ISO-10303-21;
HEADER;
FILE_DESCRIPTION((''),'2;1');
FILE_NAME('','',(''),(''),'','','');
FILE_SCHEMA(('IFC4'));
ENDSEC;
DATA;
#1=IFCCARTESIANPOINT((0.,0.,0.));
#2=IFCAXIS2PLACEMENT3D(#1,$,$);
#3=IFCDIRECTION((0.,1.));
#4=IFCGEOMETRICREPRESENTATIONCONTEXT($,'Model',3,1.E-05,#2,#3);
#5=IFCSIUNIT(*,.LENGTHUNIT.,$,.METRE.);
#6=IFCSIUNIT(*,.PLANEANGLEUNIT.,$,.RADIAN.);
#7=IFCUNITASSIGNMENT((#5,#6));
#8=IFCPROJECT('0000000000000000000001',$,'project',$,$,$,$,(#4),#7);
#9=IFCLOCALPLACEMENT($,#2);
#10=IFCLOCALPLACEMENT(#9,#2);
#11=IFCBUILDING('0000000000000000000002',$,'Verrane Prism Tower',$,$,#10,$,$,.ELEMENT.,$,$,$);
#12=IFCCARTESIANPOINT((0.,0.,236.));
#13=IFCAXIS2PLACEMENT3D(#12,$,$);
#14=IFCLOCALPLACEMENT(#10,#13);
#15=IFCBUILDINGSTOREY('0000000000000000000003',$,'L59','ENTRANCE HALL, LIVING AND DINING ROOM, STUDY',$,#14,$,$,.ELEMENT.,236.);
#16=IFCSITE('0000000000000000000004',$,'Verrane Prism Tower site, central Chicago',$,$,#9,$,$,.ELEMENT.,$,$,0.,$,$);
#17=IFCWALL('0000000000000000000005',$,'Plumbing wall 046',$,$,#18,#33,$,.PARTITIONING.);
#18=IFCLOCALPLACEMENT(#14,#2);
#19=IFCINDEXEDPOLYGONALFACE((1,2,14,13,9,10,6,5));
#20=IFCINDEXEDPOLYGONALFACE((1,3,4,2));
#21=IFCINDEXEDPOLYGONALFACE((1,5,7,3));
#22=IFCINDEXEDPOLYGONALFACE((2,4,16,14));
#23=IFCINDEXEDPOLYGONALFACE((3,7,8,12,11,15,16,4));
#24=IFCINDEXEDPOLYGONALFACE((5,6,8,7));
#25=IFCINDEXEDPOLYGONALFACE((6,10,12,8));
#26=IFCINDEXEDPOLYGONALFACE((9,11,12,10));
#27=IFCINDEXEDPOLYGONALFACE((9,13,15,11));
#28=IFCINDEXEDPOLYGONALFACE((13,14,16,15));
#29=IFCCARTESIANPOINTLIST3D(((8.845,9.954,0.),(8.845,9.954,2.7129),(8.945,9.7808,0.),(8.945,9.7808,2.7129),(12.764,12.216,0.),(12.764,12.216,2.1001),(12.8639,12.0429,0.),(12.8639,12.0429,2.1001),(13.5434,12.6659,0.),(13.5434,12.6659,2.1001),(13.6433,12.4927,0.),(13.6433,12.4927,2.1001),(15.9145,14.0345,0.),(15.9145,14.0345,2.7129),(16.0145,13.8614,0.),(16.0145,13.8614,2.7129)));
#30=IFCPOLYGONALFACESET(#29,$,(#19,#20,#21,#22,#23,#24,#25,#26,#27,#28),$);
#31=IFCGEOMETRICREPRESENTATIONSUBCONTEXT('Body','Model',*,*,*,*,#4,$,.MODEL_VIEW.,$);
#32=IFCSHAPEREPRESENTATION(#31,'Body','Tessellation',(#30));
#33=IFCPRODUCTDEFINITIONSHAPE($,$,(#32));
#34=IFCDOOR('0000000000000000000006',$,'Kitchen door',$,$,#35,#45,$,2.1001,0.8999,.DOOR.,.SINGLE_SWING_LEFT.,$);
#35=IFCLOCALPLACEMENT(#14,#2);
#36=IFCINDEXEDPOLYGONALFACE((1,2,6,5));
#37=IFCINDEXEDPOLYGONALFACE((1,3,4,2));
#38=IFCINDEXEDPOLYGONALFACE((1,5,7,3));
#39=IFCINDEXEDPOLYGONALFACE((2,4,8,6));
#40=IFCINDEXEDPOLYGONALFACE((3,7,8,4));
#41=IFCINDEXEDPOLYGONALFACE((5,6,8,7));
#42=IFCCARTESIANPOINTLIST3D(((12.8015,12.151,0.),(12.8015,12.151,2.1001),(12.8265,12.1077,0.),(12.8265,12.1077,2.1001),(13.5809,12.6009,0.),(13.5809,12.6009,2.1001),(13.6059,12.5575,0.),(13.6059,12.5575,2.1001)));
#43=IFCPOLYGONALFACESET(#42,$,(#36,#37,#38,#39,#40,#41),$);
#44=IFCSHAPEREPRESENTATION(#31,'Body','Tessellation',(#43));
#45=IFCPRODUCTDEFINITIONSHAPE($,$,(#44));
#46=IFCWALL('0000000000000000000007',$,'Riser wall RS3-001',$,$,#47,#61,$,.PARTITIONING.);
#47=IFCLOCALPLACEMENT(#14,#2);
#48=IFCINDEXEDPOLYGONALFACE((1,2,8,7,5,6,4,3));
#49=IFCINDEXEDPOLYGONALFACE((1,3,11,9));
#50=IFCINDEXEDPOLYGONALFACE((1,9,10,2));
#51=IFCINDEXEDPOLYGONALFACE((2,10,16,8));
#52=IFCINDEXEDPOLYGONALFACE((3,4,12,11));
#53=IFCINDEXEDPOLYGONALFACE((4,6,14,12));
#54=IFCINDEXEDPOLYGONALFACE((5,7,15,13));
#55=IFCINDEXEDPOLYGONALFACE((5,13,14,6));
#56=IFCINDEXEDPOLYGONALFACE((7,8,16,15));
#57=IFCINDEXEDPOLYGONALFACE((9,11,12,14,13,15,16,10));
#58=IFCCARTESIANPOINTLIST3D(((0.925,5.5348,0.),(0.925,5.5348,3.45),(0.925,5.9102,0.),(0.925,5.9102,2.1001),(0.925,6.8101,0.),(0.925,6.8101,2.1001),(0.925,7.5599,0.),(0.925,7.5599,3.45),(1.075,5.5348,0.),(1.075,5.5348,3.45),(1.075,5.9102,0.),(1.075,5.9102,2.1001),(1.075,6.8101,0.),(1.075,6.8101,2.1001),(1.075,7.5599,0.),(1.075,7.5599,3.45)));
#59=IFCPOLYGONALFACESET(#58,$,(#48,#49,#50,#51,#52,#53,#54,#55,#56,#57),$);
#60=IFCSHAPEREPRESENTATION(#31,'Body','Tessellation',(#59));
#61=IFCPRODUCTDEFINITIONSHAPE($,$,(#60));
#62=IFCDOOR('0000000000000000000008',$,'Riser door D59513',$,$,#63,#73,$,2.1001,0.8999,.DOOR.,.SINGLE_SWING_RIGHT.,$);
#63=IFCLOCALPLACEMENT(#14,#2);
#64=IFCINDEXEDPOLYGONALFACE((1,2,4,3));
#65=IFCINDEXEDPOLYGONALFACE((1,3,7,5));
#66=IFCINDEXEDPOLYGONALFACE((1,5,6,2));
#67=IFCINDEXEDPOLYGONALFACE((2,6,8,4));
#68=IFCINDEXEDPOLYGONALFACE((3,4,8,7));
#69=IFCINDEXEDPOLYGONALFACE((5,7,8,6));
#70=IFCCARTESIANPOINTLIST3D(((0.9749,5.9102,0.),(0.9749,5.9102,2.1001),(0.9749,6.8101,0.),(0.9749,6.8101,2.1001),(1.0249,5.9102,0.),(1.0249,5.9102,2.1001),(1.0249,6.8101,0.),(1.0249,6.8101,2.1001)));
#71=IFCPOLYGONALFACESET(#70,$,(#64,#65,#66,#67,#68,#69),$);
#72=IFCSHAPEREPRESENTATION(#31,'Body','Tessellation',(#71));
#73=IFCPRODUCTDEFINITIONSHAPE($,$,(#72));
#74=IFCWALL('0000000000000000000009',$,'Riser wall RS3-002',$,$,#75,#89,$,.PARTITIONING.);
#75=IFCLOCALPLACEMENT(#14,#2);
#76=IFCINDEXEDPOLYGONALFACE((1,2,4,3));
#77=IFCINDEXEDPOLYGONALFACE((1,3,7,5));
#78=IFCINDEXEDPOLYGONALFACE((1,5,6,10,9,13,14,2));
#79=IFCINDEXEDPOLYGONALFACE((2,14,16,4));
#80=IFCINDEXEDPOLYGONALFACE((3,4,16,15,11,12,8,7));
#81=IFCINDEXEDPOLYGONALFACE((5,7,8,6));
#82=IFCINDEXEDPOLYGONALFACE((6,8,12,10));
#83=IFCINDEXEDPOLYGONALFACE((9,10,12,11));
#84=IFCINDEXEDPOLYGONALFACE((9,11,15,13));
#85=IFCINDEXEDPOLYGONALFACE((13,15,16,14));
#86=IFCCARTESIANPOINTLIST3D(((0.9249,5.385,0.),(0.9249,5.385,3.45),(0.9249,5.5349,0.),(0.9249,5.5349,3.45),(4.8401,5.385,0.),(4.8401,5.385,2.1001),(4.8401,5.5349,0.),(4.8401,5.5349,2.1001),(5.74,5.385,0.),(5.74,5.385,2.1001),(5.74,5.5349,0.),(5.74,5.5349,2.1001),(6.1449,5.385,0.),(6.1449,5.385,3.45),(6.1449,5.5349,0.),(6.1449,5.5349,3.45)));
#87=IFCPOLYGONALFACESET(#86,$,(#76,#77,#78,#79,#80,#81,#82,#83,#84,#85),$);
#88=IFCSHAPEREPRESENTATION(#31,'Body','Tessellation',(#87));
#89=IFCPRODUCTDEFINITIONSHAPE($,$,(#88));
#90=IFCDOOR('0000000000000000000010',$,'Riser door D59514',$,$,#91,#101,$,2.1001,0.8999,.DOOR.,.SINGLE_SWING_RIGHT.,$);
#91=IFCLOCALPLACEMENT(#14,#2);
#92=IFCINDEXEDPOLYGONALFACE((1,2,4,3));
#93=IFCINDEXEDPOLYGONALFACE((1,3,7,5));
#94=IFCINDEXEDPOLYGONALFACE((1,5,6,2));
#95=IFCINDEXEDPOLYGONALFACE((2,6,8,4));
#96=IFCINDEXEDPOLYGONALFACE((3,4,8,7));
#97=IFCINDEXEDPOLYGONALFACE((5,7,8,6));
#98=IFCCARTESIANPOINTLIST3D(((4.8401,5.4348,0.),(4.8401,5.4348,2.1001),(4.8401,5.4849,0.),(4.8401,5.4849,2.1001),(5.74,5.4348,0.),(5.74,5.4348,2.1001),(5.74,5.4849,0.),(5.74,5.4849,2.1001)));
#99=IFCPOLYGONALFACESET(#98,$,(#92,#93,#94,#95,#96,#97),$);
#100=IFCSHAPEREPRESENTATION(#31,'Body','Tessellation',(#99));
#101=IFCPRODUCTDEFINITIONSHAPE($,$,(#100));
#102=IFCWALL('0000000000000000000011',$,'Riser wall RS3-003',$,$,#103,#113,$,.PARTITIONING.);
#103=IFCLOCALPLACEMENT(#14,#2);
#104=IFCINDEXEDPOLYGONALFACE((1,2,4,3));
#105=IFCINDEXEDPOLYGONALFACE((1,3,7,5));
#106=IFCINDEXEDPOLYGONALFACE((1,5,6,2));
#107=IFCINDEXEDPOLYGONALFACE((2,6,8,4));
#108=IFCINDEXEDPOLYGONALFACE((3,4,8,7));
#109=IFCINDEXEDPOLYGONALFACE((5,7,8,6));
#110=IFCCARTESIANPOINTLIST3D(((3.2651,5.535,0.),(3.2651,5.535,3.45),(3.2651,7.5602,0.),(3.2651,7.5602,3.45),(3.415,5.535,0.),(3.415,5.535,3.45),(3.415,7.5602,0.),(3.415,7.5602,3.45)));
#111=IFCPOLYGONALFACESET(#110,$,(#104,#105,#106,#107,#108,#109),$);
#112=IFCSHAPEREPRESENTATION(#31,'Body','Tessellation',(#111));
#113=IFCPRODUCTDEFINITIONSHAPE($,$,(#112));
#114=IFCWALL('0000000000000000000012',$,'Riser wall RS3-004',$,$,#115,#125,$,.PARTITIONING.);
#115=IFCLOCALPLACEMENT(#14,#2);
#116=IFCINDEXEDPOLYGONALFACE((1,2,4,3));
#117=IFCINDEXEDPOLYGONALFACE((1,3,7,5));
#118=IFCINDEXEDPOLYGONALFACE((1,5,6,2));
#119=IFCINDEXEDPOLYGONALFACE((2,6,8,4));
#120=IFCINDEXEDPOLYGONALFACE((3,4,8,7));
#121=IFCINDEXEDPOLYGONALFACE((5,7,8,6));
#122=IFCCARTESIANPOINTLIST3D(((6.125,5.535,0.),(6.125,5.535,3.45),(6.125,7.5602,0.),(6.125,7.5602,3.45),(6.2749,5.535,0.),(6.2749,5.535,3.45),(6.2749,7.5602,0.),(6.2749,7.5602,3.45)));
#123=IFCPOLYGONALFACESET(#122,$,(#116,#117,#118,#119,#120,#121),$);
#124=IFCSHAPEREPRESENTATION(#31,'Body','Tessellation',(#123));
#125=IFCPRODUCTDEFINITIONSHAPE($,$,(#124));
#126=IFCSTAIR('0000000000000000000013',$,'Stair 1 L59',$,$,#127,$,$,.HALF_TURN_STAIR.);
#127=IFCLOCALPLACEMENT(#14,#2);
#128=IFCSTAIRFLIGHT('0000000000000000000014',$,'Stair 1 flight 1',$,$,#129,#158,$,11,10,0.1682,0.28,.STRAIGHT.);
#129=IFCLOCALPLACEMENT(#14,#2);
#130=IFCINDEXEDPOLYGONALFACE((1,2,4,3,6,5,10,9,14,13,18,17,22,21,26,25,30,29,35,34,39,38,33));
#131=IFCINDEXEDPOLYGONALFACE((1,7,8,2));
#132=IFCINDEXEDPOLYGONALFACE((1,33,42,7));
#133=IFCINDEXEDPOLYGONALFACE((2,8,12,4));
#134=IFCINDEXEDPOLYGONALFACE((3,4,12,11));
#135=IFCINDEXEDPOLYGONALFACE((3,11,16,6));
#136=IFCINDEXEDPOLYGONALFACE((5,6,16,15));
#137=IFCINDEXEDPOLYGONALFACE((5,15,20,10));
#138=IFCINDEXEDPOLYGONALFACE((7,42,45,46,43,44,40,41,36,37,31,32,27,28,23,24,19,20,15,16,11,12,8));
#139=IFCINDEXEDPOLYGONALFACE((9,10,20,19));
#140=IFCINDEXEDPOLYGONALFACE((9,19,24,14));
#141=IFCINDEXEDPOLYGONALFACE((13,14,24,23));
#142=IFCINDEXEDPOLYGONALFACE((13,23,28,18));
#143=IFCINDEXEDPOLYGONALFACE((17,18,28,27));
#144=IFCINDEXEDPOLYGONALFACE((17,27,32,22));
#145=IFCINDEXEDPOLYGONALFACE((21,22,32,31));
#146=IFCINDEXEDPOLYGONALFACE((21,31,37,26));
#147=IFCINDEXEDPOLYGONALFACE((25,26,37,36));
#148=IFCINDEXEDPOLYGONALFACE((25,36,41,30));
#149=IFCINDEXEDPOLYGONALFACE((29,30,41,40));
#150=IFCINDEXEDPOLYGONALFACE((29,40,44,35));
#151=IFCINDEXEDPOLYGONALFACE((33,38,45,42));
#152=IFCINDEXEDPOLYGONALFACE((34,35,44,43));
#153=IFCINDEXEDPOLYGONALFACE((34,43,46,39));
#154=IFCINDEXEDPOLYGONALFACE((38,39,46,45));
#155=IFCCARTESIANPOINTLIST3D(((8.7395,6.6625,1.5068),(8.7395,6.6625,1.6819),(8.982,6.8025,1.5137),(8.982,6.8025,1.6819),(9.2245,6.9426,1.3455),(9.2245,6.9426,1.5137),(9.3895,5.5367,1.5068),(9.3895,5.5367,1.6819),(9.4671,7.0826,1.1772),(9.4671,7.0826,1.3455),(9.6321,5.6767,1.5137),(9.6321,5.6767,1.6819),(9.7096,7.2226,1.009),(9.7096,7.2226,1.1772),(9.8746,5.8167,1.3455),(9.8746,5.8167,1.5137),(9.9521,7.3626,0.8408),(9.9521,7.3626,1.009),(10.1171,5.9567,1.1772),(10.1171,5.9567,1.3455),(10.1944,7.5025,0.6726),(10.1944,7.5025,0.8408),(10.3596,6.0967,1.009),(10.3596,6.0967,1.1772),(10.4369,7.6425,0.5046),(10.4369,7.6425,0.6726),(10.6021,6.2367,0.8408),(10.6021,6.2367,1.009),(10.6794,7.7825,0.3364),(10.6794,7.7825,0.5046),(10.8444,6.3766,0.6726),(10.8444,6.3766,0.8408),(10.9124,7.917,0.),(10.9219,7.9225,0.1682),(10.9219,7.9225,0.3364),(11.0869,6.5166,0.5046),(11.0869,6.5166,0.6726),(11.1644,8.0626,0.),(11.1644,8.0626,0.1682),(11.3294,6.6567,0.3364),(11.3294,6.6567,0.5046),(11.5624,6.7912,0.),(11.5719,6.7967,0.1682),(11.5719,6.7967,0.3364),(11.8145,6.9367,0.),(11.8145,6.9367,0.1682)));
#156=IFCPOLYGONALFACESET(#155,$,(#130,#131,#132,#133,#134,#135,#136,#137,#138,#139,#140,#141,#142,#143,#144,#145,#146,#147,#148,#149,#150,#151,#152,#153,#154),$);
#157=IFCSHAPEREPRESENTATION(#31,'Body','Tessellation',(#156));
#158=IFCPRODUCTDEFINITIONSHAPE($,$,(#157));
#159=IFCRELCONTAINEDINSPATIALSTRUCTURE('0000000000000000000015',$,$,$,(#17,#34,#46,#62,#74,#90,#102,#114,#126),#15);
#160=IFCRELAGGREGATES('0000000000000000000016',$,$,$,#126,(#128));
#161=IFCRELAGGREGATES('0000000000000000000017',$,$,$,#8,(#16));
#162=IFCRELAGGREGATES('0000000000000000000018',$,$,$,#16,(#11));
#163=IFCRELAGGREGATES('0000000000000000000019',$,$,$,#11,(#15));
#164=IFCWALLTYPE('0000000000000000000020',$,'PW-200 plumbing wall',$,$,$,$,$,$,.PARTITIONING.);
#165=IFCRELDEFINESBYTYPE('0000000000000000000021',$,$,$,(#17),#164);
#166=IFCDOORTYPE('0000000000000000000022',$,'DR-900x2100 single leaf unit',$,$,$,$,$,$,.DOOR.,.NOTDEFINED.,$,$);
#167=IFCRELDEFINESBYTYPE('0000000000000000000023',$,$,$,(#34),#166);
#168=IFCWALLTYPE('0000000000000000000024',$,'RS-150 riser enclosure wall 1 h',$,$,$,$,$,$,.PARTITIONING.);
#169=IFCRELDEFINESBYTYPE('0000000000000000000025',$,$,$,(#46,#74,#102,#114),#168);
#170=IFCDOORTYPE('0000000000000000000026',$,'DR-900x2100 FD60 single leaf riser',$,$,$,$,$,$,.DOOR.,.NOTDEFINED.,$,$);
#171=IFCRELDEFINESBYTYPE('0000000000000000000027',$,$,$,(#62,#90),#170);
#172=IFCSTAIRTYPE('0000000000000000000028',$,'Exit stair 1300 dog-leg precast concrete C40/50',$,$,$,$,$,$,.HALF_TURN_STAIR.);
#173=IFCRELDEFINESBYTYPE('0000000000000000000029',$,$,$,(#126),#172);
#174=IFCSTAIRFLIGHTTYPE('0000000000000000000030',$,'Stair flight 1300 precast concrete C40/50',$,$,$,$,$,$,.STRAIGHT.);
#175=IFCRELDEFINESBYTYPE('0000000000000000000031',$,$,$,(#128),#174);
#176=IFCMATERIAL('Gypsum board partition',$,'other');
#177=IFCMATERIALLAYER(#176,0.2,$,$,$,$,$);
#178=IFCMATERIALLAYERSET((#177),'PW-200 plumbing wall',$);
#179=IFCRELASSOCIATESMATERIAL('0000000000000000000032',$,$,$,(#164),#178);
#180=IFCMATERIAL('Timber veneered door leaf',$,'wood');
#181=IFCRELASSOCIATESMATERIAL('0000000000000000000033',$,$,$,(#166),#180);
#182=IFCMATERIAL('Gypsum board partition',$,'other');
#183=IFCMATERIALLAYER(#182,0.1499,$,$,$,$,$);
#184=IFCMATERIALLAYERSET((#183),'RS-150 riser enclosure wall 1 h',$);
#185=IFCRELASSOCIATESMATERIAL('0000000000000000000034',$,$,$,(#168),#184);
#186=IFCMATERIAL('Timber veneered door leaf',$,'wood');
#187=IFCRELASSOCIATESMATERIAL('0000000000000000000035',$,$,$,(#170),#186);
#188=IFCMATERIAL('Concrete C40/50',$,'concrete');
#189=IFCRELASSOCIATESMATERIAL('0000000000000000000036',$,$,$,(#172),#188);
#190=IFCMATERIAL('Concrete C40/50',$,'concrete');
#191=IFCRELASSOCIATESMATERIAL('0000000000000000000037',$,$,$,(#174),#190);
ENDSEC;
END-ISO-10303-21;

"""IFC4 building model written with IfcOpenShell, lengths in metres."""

from ifc_helpers import new_model, si_unit, direction, frame, frame_2d, origin, place, context, subcontext, project, spatial, polyline, rectangle, outline, extrude, material, layer, layer_set, type_object, element, fill, aggregate, save


model = new_model("IFC4")

# Units and contexts
model_context = context("Model", 3, precision=1e-05, world=origin(), true_north=direction((0.0, 1.0)))
body_context = subcontext(model_context, "Body", "Model", "MODEL_VIEW")
ifc_project = project(units=[si_unit("LENGTHUNIT", "METRE"), si_unit("PLANEANGLEUNIT", "RADIAN")], contexts=[model_context])

# Site, building, storey
site_placement = place(None, origin())
site = spatial("IfcSite", under=ifc_project, at=site_placement, Name="Verrane Prism Tower site, central Chicago", CompositionType="ELEMENT", RefElevation=0.0)
building_placement = place(site_placement, origin())
building = spatial("IfcBuilding", under=site, at=building_placement, Name="Verrane Prism Tower", CompositionType="ELEMENT")
storey_placement = place(building_placement, frame((0.0, 0.0, 236.0)))
storey = spatial("IfcBuildingStorey", under=building, at=storey_placement, Name="L59", Description="ENTRANCE HALL, LIVING AND DINING ROOM, STUDY", CompositionType="ELEMENT", Elevation=236.0)

# Shared definitions
ifc_material_1 = material(Name="Gypsum board partition", Category="other")
ifc_layer_1 = layer(ifc_material_1, 0.2)
ifc_layer_set_1 = layer_set([ifc_layer_1], Name="PW-200 plumbing wall")
wall_type_1 = type_object("IfcWallType", Name="PW-200 plumbing wall", PredefinedType="PARTITIONING", material=ifc_layer_set_1)

# Walls, openings, doors
wall_1_placement = place(storey_placement, frame((8.895, 9.8674, 0.0), z_axis=(0.0, 0.0, 1.0), x_axis=(0.866081, 0.499903, 0.0)))
wall_1 = element("IfcWall", 1, at=wall_1_placement, inside=storey, type_object=wall_type_1, Name="Plumbing wall 046", PredefinedType="PARTITIONING", context=body_context, shape_type="SweptSolid", body=[
    extrude(rectangle(XDim=8.1626, YDim=0.2, at=frame_2d((4.0813, 0.0))), origin(), (0.0, 0.0, 1.0), 2.7129),
])
opening_1_placement = place(wall_1_placement, frame((4.5249, 0.0, 0.0)))
opening_1 = element("IfcOpeningElement", 2, at=opening_1_placement, cuts=wall_1, PredefinedType="OPENING", context=body_context, shape_type="SweptSolid", body=[
    extrude(rectangle(XDim=0.8999, YDim=2.1001, at=frame_2d((0.45, 1.05))), frame((0.0, 0.1099, 0.0), z_axis=(0.0, -1.0, 0.0), x_axis=(1.0, 0.0, 0.0)), (0.0, 0.0, 1.0), 0.22),
])
ifc_material_2 = material(Name="Timber veneered door leaf", Category="wood")
door_type_1 = type_object("IfcDoorType", Name="DR-900x2100 single leaf unit", OperationType="NOTDEFINED", PredefinedType="DOOR", material=ifc_material_2)
door_1_placement = place(opening_1_placement, origin())
door_1 = element("IfcDoor", 3, at=door_1_placement, inside=storey, type_object=door_type_1, Name="Kitchen door", OperationType="SINGLE_SWING_LEFT", OverallHeight=2.1001, OverallWidth=0.8999, PredefinedType="DOOR", context=body_context, shape_type="SweptSolid", body=[
    extrude(rectangle(XDim=0.8999, YDim=2.1001, at=frame_2d((0.45, 1.05))), frame((0.0, 0.0249, 0.0), z_axis=(0.0, -1.0, 0.0), x_axis=(1.0, 0.0, 0.0)), (0.0, 0.0, 1.0), 0.05),
])
fill(opening_1, door_1)
ifc_material_3 = material(Name="Gypsum board partition", Category="other")
ifc_layer_2 = layer(ifc_material_3, 0.1499)
ifc_layer_set_2 = layer_set([ifc_layer_2], Name="RS-150 riser enclosure wall 1 h")
wall_type_2 = type_object("IfcWallType", Name="RS-150 riser enclosure wall 1 h", PredefinedType="PARTITIONING", material=ifc_layer_set_2)
wall_2_placement = place(storey_placement, frame((1.0, 7.5601, 0.0), z_axis=(0.0, 0.0, 1.0), x_axis=(0.0, -1.0, 0.0)))
wall_2 = element("IfcWall", 4, at=wall_2_placement, inside=storey, type_object=wall_type_2, Name="Riser wall RS3-001", PredefinedType="PARTITIONING", context=body_context, shape_type="SweptSolid", body=[
    extrude(rectangle(XDim=2.0251, YDim=0.1499, at=frame_2d((1.0127, 0.0))), origin(), (0.0, 0.0, 1.0), 3.45),
])
opening_2_placement = place(wall_2_placement, frame((0.75, 0.0, 0.0)))
opening_2 = element("IfcOpeningElement", 5, at=opening_2_placement, cuts=wall_2, PredefinedType="OPENING", context=body_context, shape_type="SweptSolid", body=[
    extrude(rectangle(XDim=0.8999, YDim=2.1001, at=frame_2d((0.45, 1.05))), frame((0.0, 0.085, 0.0), z_axis=(0.0, -1.0, 0.0), x_axis=(1.0, 0.0, 0.0)), (0.0, 0.0, 1.0), 0.1699),
])
ifc_material_4 = material(Name="Timber veneered door leaf", Category="wood")
door_type_2 = type_object("IfcDoorType", Name="DR-900x2100 FD60 single leaf riser", OperationType="NOTDEFINED", PredefinedType="DOOR", material=ifc_material_4)
door_2_placement = place(opening_2_placement, origin())
door_2 = element("IfcDoor", 6, at=door_2_placement, inside=storey, type_object=door_type_2, Name="Riser door D59513", OperationType="SINGLE_SWING_RIGHT", OverallHeight=2.1001, OverallWidth=0.8999, PredefinedType="DOOR", context=body_context, shape_type="SweptSolid", body=[
    extrude(rectangle(XDim=0.8999, YDim=2.1001, at=frame_2d((0.45, 1.05))), frame((0.0, 0.0249, 0.0), z_axis=(0.0, -1.0, 0.0), x_axis=(1.0, 0.0, 0.0)), (0.0, 0.0, 1.0), 0.05),
])
fill(opening_2, door_2)
wall_3_placement = place(storey_placement, frame((0.925, 5.46, 0.0), z_axis=(0.0, 0.0, 1.0), x_axis=(1.0, 0.0, 0.0)))
wall_3 = element("IfcWall", 7, at=wall_3_placement, inside=storey, type_object=wall_type_2, Name="Riser wall RS3-002", PredefinedType="PARTITIONING", context=body_context, shape_type="SweptSolid", body=[
    extrude(rectangle(XDim=5.22, YDim=0.1499, at=frame_2d((2.6099, 0.0))), origin(), (0.0, 0.0, 1.0), 3.45),
])
opening_3_placement = place(wall_3_placement, frame((3.915, 0.0, 0.0)))
opening_3 = element("IfcOpeningElement", 8, at=opening_3_placement, cuts=wall_3, PredefinedType="OPENING", context=body_context, shape_type="SweptSolid", body=[
    extrude(rectangle(XDim=0.8999, YDim=2.1001, at=frame_2d((0.45, 1.05))), frame((0.0, 0.085, 0.0), z_axis=(0.0, -1.0, 0.0), x_axis=(1.0, 0.0, 0.0)), (0.0, 0.0, 1.0), 0.1699),
])
door_3_placement = place(opening_3_placement, origin())
door_3 = element("IfcDoor", 9, at=door_3_placement, inside=storey, type_object=door_type_2, Name="Riser door D59514", OperationType="SINGLE_SWING_RIGHT", OverallHeight=2.1001, OverallWidth=0.8999, PredefinedType="DOOR", context=body_context, shape_type="SweptSolid", body=[
    extrude(rectangle(XDim=0.8999, YDim=2.1001, at=frame_2d((0.45, 1.05))), frame((0.0, 0.0249, 0.0), z_axis=(0.0, -1.0, 0.0), x_axis=(1.0, 0.0, 0.0)), (0.0, 0.0, 1.0), 0.05),
])
fill(opening_3, door_3)

# Walls
for number, where, z_axis, x_axis, name in (
    (10, (3.3401, 5.5349, 0.0), (0.0, 0.0, 1.0), (0.0, 1.0, 0.0), "Riser wall RS3-003"),
    (11, (6.2, 5.5349, 0.0), (0.0, 0.0, 1.0), (0.0, 1.0, 0.0), "Riser wall RS3-004"),
):
    element("IfcWall", number, at=place(storey_placement, frame(where, z_axis=z_axis, x_axis=x_axis)), inside=storey, type_object=wall_type_2, Name=name, PredefinedType="PARTITIONING", context=body_context, shape_type="SweptSolid", body=[
        extrude(rectangle(XDim=2.0251, YDim=0.1499, at=frame_2d((1.0127, 0.0))), origin(), (0.0, 0.0, 1.0), 3.45),
    ])

# Stair, stair flight
ifc_material_5 = material(Name="Concrete C40/50", Category="concrete")
stair_type = type_object("IfcStairType", Name="Exit stair 1300 dog-leg precast concrete C40/50", PredefinedType="HALF_TURN_STAIR", material=ifc_material_5)
stair_placement = place(storey_placement, origin())
stair = element("IfcStair", 12, at=stair_placement, inside=storey, type_object=stair_type, Name="Stair 1 L59", PredefinedType="HALF_TURN_STAIR")
ifc_material_6 = material(Name="Concrete C40/50", Category="concrete")
stair_flight_type = type_object("IfcStairFlightType", Name="Stair flight 1300 precast concrete C40/50", PredefinedType="STRAIGHT", material=ifc_material_6)
stair_flight_placement = place(storey_placement, frame((11.4895, 7.4995, 0.0), z_axis=(0.0, 0.0, 1.0), x_axis=(-0.866025, -0.5, 0.0)))
stair_flight = element("IfcStairFlight", 13, at=stair_flight_placement, type_object=stair_flight_type, Name="Stair 1 flight 1", NumberOfRisers=11, NumberOfTreads=10, PredefinedType="STRAIGHT", RiserHeight=0.1682, TreadLength=0.28, context=body_context, shape_type="SweptSolid", body=[
    extrude(outline(polyline([(0.0, 0.0), (0.0, 0.1682), (0.28, 0.1682), (0.28, 0.3364), (0.5601, 0.3364), (0.5601, 0.5046), (0.8401, 0.5046), (0.8401, 0.6726), (1.1201, 0.6726), (1.1201, 0.8408), (1.3999, 0.8408), (1.3999, 1.009), (1.6799, 1.009), (1.6799, 1.1772), (1.96, 1.1772), (1.96, 1.3455), (2.24, 1.3455), (2.24, 1.5137), (2.52, 1.5137), (2.52, 1.6819), (2.8, 1.6819), (2.8, 1.8501), (2.8, 1.5068), (0.291, 0.0), (0.0, 0.0)])), frame((0.0, 0.6499, 0.0), z_axis=(0.0, -1.0, 0.0), x_axis=(1.0, 0.0, 0.0)), (0.0, 0.0, 1.0), 1.3),
])
aggregate(stair, [stair_flight])

save(model, "model.ifc")
